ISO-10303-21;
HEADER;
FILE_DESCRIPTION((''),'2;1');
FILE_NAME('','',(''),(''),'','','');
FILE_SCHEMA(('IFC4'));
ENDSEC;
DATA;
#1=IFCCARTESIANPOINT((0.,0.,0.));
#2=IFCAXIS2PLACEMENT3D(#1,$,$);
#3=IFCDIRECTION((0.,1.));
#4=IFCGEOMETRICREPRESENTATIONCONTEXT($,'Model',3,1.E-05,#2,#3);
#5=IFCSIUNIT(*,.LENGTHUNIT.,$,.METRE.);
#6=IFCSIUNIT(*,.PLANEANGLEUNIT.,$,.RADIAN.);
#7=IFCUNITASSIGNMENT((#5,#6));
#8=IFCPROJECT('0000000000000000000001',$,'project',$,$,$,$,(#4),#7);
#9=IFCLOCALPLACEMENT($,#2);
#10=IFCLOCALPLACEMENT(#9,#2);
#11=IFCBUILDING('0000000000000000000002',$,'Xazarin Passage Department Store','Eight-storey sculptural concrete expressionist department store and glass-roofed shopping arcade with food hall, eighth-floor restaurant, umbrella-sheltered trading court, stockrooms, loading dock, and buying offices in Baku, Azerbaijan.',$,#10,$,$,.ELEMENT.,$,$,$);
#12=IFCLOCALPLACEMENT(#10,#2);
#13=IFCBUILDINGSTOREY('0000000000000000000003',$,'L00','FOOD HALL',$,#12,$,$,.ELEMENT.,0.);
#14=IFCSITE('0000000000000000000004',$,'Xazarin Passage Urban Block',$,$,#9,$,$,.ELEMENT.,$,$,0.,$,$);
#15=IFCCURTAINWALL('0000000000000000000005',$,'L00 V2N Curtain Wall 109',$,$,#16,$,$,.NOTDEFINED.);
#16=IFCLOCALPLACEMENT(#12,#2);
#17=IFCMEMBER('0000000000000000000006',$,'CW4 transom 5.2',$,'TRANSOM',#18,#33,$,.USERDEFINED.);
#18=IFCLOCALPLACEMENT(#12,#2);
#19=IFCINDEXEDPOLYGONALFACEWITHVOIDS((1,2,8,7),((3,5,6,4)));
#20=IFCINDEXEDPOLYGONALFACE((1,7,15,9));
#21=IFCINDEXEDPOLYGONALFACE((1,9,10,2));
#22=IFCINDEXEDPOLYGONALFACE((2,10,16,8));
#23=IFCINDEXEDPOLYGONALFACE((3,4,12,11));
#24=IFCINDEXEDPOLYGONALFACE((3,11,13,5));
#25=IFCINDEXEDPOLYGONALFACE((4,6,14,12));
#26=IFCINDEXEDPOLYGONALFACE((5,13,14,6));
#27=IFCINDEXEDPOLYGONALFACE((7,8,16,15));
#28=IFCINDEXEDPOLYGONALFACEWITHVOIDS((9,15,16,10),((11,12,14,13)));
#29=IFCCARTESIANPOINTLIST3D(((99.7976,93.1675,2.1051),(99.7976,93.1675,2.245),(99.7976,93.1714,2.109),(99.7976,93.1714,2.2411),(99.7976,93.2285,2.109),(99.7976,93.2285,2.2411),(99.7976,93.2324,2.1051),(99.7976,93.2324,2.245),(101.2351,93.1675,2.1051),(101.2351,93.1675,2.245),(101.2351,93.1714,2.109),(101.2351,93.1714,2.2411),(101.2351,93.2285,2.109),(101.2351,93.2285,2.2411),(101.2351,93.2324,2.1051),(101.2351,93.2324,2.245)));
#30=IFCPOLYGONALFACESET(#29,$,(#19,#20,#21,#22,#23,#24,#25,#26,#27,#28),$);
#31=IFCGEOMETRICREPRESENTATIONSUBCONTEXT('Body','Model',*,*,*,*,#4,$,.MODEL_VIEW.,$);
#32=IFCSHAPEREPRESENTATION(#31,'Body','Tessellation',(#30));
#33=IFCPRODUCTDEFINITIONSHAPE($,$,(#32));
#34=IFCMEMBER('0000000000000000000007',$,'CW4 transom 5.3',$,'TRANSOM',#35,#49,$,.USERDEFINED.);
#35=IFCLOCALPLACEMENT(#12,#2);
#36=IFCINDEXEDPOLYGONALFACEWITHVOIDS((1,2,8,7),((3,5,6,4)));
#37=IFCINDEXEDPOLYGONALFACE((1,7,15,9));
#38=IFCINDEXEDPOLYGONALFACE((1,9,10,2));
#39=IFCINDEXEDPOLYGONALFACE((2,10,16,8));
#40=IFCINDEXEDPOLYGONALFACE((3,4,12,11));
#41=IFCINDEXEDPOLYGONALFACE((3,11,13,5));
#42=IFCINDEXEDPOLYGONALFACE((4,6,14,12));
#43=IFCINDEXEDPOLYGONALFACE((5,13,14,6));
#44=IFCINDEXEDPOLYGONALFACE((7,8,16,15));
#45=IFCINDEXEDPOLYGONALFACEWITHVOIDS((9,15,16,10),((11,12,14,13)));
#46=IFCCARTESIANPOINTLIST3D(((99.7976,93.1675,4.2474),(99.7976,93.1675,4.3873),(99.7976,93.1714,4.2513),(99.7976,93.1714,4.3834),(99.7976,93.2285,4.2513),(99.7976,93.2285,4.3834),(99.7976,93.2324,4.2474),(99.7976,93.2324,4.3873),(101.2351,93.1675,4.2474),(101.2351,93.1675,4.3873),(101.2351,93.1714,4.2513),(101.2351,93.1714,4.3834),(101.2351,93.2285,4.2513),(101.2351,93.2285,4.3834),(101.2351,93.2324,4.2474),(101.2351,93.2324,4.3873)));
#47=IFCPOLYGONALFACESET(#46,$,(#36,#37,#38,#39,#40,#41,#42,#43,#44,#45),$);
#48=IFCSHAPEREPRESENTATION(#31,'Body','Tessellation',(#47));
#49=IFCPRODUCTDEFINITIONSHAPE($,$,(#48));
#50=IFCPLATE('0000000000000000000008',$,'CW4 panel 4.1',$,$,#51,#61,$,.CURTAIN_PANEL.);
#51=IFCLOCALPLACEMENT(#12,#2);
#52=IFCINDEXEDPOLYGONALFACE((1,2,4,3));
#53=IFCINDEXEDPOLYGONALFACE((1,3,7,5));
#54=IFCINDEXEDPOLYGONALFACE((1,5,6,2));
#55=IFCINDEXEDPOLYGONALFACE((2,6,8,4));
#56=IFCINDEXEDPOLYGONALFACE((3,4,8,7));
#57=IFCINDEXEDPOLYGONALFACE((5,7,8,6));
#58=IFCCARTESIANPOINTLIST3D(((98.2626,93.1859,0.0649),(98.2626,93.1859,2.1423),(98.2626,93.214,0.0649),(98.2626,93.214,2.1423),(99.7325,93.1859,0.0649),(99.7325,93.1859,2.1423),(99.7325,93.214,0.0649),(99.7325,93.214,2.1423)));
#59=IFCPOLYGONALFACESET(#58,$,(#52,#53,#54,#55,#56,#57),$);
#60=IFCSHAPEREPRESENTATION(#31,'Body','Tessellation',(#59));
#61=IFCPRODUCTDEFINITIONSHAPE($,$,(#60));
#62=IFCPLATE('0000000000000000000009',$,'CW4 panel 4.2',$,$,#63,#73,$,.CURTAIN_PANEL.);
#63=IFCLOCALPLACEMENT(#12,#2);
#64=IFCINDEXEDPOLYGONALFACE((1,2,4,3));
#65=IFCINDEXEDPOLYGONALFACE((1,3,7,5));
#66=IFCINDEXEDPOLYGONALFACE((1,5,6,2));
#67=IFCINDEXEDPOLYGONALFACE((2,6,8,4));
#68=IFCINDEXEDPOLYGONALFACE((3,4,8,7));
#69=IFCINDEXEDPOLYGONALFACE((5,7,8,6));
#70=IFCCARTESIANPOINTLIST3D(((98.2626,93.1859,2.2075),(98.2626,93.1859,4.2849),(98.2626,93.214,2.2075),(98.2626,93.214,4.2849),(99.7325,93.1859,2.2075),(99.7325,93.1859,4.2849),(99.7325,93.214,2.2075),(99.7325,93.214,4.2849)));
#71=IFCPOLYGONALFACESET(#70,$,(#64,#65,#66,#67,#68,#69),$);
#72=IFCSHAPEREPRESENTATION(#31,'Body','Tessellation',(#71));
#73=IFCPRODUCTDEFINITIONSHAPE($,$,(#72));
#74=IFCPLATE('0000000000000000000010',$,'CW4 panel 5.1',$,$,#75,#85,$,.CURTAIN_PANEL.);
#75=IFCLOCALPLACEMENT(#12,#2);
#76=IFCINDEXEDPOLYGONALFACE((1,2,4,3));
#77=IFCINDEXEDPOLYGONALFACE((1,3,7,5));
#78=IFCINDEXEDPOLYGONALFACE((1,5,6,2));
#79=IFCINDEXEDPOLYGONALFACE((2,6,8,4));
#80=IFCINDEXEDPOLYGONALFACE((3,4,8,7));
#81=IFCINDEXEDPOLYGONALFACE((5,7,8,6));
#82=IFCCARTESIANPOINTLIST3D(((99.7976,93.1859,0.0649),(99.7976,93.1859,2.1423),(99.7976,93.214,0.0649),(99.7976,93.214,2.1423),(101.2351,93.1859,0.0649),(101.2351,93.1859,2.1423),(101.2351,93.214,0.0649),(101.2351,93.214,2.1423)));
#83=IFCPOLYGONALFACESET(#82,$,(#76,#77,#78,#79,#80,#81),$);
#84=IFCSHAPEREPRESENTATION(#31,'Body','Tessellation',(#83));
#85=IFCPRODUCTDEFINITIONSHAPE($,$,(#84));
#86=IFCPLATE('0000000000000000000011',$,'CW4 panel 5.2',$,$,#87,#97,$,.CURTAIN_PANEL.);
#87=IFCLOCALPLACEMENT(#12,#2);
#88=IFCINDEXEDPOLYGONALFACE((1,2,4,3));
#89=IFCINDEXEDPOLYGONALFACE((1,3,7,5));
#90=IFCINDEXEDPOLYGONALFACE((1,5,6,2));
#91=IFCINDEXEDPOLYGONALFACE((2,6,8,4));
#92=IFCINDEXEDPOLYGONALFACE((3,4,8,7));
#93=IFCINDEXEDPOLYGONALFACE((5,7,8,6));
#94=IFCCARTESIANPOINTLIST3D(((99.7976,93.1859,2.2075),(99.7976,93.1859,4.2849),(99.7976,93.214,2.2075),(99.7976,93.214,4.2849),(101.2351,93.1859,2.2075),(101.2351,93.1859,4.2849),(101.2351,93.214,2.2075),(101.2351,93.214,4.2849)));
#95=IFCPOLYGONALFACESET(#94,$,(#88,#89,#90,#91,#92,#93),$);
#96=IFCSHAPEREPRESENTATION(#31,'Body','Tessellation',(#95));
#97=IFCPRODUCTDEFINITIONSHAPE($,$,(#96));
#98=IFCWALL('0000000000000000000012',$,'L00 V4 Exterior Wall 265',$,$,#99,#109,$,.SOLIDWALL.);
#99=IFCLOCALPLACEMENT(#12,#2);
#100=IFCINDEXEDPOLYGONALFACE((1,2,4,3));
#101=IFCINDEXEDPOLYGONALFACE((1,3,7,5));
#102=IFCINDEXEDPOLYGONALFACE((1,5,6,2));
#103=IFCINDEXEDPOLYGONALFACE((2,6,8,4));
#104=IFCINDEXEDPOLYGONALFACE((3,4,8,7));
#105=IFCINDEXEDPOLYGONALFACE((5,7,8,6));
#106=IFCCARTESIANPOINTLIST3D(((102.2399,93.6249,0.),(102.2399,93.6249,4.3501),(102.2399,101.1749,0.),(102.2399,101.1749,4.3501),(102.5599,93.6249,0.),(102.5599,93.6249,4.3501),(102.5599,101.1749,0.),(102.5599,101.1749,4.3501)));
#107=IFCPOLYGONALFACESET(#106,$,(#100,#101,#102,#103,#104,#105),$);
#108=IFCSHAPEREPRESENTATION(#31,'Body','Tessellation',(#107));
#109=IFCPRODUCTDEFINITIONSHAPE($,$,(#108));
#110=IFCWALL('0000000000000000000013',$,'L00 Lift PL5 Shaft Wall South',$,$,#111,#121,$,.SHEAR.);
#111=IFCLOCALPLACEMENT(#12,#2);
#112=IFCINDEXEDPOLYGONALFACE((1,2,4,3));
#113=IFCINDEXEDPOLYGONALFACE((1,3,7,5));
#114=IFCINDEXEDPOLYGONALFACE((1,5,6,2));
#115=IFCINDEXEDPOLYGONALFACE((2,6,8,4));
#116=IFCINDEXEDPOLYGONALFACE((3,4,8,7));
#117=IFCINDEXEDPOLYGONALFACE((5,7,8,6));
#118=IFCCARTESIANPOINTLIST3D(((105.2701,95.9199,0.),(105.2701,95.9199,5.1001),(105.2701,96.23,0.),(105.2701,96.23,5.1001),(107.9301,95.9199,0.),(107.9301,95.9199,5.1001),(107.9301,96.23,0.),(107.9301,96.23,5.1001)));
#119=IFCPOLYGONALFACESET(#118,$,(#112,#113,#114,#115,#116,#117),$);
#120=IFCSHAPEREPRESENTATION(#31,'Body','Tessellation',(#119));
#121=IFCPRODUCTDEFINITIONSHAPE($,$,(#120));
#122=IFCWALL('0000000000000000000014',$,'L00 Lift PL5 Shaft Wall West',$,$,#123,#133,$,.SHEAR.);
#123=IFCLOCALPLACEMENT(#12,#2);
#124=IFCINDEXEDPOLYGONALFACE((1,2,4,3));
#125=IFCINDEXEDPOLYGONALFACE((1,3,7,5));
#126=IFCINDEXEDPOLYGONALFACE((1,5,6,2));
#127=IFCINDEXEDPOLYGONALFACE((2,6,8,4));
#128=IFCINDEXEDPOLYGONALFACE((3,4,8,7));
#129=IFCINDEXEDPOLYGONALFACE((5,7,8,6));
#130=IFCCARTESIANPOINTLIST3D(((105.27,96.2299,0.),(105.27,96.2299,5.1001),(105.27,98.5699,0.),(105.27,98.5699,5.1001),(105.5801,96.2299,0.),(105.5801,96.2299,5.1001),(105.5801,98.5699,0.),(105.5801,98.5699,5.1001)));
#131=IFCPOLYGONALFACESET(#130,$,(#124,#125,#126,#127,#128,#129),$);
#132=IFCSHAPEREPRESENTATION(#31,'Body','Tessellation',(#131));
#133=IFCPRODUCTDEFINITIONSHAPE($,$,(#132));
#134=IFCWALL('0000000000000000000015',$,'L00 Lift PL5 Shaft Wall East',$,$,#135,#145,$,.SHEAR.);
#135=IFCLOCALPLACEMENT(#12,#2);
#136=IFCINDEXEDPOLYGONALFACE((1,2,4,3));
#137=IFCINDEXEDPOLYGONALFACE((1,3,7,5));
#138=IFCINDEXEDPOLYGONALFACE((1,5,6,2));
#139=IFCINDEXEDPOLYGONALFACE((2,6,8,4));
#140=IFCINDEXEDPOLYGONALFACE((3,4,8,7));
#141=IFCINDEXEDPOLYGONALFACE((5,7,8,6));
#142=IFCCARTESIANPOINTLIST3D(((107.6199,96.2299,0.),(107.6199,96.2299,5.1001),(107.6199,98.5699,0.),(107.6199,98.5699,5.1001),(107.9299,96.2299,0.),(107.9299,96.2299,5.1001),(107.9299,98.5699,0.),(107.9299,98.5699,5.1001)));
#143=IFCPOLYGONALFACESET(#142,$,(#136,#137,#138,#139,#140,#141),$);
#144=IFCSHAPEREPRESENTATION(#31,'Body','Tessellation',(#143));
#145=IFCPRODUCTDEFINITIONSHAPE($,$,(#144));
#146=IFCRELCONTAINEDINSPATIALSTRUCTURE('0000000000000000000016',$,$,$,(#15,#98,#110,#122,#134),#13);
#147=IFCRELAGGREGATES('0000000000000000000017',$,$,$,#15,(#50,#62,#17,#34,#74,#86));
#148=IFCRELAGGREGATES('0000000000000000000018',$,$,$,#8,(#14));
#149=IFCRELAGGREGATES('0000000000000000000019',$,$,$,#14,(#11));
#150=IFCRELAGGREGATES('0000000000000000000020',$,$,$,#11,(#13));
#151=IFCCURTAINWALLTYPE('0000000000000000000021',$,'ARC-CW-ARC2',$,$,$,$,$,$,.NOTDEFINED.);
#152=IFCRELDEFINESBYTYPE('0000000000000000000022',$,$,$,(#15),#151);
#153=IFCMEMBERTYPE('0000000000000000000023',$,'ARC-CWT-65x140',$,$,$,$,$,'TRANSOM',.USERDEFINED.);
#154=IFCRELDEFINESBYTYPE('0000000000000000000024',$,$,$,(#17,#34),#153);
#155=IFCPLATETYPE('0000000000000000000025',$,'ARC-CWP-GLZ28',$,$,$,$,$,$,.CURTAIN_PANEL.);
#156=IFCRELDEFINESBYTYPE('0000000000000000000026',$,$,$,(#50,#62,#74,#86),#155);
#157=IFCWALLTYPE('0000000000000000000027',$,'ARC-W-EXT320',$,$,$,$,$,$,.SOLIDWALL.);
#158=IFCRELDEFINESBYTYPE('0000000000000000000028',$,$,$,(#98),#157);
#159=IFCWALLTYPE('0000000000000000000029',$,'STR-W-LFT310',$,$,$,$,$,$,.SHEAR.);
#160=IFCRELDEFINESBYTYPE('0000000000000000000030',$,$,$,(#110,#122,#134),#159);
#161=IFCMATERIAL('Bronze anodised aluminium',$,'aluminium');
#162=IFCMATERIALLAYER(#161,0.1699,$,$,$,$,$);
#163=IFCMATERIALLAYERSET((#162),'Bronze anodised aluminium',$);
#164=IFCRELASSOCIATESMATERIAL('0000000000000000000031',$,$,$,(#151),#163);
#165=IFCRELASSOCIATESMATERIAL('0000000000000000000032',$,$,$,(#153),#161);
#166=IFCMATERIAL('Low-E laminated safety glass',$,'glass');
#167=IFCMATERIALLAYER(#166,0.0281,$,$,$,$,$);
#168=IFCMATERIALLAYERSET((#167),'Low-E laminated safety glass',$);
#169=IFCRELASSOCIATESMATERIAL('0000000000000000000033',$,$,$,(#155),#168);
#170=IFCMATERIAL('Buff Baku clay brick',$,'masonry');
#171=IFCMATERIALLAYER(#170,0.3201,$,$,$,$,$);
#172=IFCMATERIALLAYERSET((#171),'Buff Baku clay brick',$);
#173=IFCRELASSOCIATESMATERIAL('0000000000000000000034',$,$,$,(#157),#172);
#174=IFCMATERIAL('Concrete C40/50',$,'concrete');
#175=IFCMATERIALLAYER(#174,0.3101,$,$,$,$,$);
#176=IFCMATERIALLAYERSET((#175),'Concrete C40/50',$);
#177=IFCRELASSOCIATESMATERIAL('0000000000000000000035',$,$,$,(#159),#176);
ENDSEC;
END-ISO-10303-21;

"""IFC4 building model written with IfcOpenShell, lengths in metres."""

from ifc_helpers import new_model, si_unit, direction, frame, frame_2d, origin, origin_2d, place, context, subcontext, project, spatial, rectangle, hollow_rectangle, extrude, material, layer, layer_set, material_profile, profile_set, type_object, element, aggregate, save


model = new_model("IFC4")

# Units and contexts
model_context = context("Model", 3, precision=1e-05, world=origin(), true_north=direction((0.0, 1.0)))
body_context = subcontext(model_context, "Body", "Model", "MODEL_VIEW")
ifc_project = project(units=[si_unit("LENGTHUNIT", "METRE"), si_unit("PLANEANGLEUNIT", "RADIAN")], contexts=[model_context])

# Site, building, storey
site_placement = place(None, origin())
site = spatial("IfcSite", under=ifc_project, at=site_placement, Name="Xazarin Passage Urban Block", CompositionType="ELEMENT", RefElevation=0.0)
building_placement = place(site_placement, origin())
building = spatial("IfcBuilding", under=site, at=building_placement, Name="Xazarin Passage Department Store", Description="Eight-storey sculptural concrete expressionist department store and glass-roofed shopping arcade with food hall, eighth-floor restaurant, umbrella-sheltered trading court, stockrooms, loading dock, and buying offices in Baku, Azerbaijan.", CompositionType="ELEMENT")
storey_placement = place(building_placement, origin())
storey = spatial("IfcBuildingStorey", under=building, at=storey_placement, Name="L00", Description="FOOD HALL", CompositionType="ELEMENT", Elevation=0.0)

# Shared definitions
ifc_material_1 = material(Name="Concrete C40/50", Category="concrete")

# Curtain wall, members, plates
ifc_material_2 = material(Name="Bronze anodised aluminium", Category="aluminium")
ifc_layer_1 = layer(ifc_material_2, 0.1699)
ifc_layer_set_1 = layer_set([ifc_layer_1], Name="Bronze anodised aluminium")
curtain_wall_type = type_object("IfcCurtainWallType", Name="ARC-CW-ARC2", PredefinedType="NOTDEFINED", material=ifc_layer_set_1)
curtain_wall_placement = place(storey_placement, origin())
curtain_wall = element("IfcCurtainWall", 1, at=curtain_wall_placement, inside=storey, type_object=curtain_wall_type, Name="L00 V2N Curtain Wall 109", PredefinedType="NOTDEFINED")
ifc_material_profile_1 = material_profile(ifc_material_2, hollow_rectangle(XDim=0.0649, YDim=0.1399, WallThickness=0.0039, at=origin_2d()), Name="ALU 65x140")
ifc_profile_set_1 = profile_set([ifc_material_profile_1], Name="Bronze anodised aluminium")
member_type_1 = type_object("IfcMemberType", Name="ARC-CWT-65x140", ElementType="TRANSOM", PredefinedType="USERDEFINED", material=ifc_profile_set_1)
member_1_placement = place(storey_placement, frame((99.7976, 93.2, 2.175), z_axis=(1.0, 0.0, 0.0), x_axis=(0.0, 1.0, 0.0)))
member_1 = element("IfcMember", 2, at=member_1_placement, type_object=member_type_1, Name="CW4 transom 5.2", ObjectType="TRANSOM", PredefinedType="USERDEFINED", context=body_context, shape_type="SweptSolid", body=[
    extrude(hollow_rectangle(XDim=0.0649, YDim=0.1399, WallThickness=0.0039, at=origin_2d()), origin(), (0.0, 0.0, 1.0), 1.4375),
])
member_2_placement = place(storey_placement, frame((99.7976, 93.2, 4.3174), z_axis=(1.0, 0.0, 0.0), x_axis=(0.0, 1.0, 0.0)))
member_2 = element("IfcMember", 3, at=member_2_placement, type_object=member_type_1, Name="CW4 transom 5.3", ObjectType="TRANSOM", PredefinedType="USERDEFINED", context=body_context, shape_type="SweptSolid", body=[
    extrude(hollow_rectangle(XDim=0.0649, YDim=0.1399, WallThickness=0.0039, at=origin_2d()), origin(), (0.0, 0.0, 1.0), 1.4375),
])
ifc_material_3 = material(Name="Low-E laminated safety glass", Category="glass")
ifc_layer_2 = layer(ifc_material_3, 0.0281)
ifc_layer_set_2 = layer_set([ifc_layer_2], Name="Low-E laminated safety glass")
plate_type = type_object("IfcPlateType", Name="ARC-CWP-GLZ28", PredefinedType="CURTAIN_PANEL", material=ifc_layer_set_2)
plate_1_placement = place(storey_placement, frame((98.9976, 93.2, 0.0649), z_axis=(0.0, 0.0, 1.0), x_axis=(1.0, 0.0, 0.0)))
plate_1 = element("IfcPlate", 4, at=plate_1_placement, type_object=plate_type, Name="CW4 panel 4.1", PredefinedType="CURTAIN_PANEL", context=body_context, shape_type="SweptSolid", body=[
    extrude(rectangle(XDim=1.47, YDim=0.0281, at=origin_2d()), origin(), (0.0, 0.0, 1.0), 2.0774),
])
plate_2_placement = place(storey_placement, frame((98.9976, 93.2, 2.2075), z_axis=(0.0, 0.0, 1.0), x_axis=(1.0, 0.0, 0.0)))
plate_2 = element("IfcPlate", 5, at=plate_2_placement, type_object=plate_type, Name="CW4 panel 4.2", PredefinedType="CURTAIN_PANEL", context=body_context, shape_type="SweptSolid", body=[
    extrude(rectangle(XDim=1.47, YDim=0.0281, at=origin_2d()), origin(), (0.0, 0.0, 1.0), 2.0774),
])
plate_3_placement = place(storey_placement, frame((100.5164, 93.2, 0.0649), z_axis=(0.0, 0.0, 1.0), x_axis=(1.0, 0.0, 0.0)))
plate_3 = element("IfcPlate", 6, at=plate_3_placement, type_object=plate_type, Name="CW4 panel 5.1", PredefinedType="CURTAIN_PANEL", context=body_context, shape_type="SweptSolid", body=[
    extrude(rectangle(XDim=1.4375, YDim=0.0281, at=origin_2d()), origin(), (0.0, 0.0, 1.0), 2.0774),
])
plate_4_placement = place(storey_placement, frame((100.5164, 93.2, 2.2075), z_axis=(0.0, 0.0, 1.0), x_axis=(1.0, 0.0, 0.0)))
plate_4 = element("IfcPlate", 7, at=plate_4_placement, type_object=plate_type, Name="CW4 panel 5.2", PredefinedType="CURTAIN_PANEL", context=body_context, shape_type="SweptSolid", body=[
    extrude(rectangle(XDim=1.4375, YDim=0.0281, at=origin_2d()), origin(), (0.0, 0.0, 1.0), 2.0774),
])
aggregate(curtain_wall, [plate_1, plate_2, member_1, member_2, plate_3, plate_4])

# Walls
ifc_material_4 = material(Name="Buff Baku clay brick", Category="masonry")
ifc_layer_3 = layer(ifc_material_4, 0.3201)
ifc_layer_set_3 = layer_set([ifc_layer_3], Name="Buff Baku clay brick")
wall_type_1 = type_object("IfcWallType", Name="ARC-W-EXT320", PredefinedType="SOLIDWALL", material=ifc_layer_set_3)
wall_1_placement = place(storey_placement, frame((102.3999, 93.625, 0.0), z_axis=(0.0, 0.0, 1.0), x_axis=(0.0, 1.0, 0.0)))
element("IfcWall", 8, at=wall_1_placement, inside=storey, type_object=wall_type_1, Name="L00 V4 Exterior Wall 265", PredefinedType="SOLIDWALL", context=body_context, shape_type="SweptSolid", body=[
    extrude(rectangle(XDim=7.55, YDim=0.3201, at=frame_2d((3.7749, 0.0))), origin(), (0.0, 0.0, 1.0), 4.3501),
])
ifc_layer_4 = layer(ifc_material_1, 0.3101)
ifc_layer_set_4 = layer_set([ifc_layer_4], Name="Concrete C40/50")
wall_type_2 = type_object("IfcWallType", Name="STR-W-LFT310", PredefinedType="SHEAR", material=ifc_layer_set_4)
wall_2_placement = place(storey_placement, frame((105.27, 96.075, 0.0), z_axis=(0.0, 0.0, 1.0), x_axis=(1.0, 0.0, 0.0)))
element("IfcWall", 9, at=wall_2_placement, inside=storey, type_object=wall_type_2, Name="L00 Lift PL5 Shaft Wall South", PredefinedType="SHEAR", context=body_context, shape_type="SweptSolid", body=[
    extrude(rectangle(XDim=2.6599, YDim=0.3101, at=frame_2d((1.3301, 0.0))), origin(), (0.0, 0.0, 1.0), 5.1001),
])
for number, where, z_axis, x_axis, name in (
    (10, (105.425, 96.23, 0.0), (0.0, 0.0, 1.0), (0.0, 1.0, 0.0), "L00 Lift PL5 Shaft Wall West"),
    (11, (107.7749, 96.23, 0.0), (0.0, 0.0, 1.0), (0.0, 1.0, 0.0), "L00 Lift PL5 Shaft Wall East"),
):
    element("IfcWall", number, at=place(storey_placement, frame(where, z_axis=z_axis, x_axis=x_axis)), inside=storey, type_object=wall_type_2, Name=name, PredefinedType="SHEAR", context=body_context, shape_type="SweptSolid", body=[
        extrude(rectangle(XDim=2.3401, YDim=0.3101, at=frame_2d((1.1699, 0.0))), origin(), (0.0, 0.0, 1.0), 5.1001),
    ])

save(model, "model.ifc")
